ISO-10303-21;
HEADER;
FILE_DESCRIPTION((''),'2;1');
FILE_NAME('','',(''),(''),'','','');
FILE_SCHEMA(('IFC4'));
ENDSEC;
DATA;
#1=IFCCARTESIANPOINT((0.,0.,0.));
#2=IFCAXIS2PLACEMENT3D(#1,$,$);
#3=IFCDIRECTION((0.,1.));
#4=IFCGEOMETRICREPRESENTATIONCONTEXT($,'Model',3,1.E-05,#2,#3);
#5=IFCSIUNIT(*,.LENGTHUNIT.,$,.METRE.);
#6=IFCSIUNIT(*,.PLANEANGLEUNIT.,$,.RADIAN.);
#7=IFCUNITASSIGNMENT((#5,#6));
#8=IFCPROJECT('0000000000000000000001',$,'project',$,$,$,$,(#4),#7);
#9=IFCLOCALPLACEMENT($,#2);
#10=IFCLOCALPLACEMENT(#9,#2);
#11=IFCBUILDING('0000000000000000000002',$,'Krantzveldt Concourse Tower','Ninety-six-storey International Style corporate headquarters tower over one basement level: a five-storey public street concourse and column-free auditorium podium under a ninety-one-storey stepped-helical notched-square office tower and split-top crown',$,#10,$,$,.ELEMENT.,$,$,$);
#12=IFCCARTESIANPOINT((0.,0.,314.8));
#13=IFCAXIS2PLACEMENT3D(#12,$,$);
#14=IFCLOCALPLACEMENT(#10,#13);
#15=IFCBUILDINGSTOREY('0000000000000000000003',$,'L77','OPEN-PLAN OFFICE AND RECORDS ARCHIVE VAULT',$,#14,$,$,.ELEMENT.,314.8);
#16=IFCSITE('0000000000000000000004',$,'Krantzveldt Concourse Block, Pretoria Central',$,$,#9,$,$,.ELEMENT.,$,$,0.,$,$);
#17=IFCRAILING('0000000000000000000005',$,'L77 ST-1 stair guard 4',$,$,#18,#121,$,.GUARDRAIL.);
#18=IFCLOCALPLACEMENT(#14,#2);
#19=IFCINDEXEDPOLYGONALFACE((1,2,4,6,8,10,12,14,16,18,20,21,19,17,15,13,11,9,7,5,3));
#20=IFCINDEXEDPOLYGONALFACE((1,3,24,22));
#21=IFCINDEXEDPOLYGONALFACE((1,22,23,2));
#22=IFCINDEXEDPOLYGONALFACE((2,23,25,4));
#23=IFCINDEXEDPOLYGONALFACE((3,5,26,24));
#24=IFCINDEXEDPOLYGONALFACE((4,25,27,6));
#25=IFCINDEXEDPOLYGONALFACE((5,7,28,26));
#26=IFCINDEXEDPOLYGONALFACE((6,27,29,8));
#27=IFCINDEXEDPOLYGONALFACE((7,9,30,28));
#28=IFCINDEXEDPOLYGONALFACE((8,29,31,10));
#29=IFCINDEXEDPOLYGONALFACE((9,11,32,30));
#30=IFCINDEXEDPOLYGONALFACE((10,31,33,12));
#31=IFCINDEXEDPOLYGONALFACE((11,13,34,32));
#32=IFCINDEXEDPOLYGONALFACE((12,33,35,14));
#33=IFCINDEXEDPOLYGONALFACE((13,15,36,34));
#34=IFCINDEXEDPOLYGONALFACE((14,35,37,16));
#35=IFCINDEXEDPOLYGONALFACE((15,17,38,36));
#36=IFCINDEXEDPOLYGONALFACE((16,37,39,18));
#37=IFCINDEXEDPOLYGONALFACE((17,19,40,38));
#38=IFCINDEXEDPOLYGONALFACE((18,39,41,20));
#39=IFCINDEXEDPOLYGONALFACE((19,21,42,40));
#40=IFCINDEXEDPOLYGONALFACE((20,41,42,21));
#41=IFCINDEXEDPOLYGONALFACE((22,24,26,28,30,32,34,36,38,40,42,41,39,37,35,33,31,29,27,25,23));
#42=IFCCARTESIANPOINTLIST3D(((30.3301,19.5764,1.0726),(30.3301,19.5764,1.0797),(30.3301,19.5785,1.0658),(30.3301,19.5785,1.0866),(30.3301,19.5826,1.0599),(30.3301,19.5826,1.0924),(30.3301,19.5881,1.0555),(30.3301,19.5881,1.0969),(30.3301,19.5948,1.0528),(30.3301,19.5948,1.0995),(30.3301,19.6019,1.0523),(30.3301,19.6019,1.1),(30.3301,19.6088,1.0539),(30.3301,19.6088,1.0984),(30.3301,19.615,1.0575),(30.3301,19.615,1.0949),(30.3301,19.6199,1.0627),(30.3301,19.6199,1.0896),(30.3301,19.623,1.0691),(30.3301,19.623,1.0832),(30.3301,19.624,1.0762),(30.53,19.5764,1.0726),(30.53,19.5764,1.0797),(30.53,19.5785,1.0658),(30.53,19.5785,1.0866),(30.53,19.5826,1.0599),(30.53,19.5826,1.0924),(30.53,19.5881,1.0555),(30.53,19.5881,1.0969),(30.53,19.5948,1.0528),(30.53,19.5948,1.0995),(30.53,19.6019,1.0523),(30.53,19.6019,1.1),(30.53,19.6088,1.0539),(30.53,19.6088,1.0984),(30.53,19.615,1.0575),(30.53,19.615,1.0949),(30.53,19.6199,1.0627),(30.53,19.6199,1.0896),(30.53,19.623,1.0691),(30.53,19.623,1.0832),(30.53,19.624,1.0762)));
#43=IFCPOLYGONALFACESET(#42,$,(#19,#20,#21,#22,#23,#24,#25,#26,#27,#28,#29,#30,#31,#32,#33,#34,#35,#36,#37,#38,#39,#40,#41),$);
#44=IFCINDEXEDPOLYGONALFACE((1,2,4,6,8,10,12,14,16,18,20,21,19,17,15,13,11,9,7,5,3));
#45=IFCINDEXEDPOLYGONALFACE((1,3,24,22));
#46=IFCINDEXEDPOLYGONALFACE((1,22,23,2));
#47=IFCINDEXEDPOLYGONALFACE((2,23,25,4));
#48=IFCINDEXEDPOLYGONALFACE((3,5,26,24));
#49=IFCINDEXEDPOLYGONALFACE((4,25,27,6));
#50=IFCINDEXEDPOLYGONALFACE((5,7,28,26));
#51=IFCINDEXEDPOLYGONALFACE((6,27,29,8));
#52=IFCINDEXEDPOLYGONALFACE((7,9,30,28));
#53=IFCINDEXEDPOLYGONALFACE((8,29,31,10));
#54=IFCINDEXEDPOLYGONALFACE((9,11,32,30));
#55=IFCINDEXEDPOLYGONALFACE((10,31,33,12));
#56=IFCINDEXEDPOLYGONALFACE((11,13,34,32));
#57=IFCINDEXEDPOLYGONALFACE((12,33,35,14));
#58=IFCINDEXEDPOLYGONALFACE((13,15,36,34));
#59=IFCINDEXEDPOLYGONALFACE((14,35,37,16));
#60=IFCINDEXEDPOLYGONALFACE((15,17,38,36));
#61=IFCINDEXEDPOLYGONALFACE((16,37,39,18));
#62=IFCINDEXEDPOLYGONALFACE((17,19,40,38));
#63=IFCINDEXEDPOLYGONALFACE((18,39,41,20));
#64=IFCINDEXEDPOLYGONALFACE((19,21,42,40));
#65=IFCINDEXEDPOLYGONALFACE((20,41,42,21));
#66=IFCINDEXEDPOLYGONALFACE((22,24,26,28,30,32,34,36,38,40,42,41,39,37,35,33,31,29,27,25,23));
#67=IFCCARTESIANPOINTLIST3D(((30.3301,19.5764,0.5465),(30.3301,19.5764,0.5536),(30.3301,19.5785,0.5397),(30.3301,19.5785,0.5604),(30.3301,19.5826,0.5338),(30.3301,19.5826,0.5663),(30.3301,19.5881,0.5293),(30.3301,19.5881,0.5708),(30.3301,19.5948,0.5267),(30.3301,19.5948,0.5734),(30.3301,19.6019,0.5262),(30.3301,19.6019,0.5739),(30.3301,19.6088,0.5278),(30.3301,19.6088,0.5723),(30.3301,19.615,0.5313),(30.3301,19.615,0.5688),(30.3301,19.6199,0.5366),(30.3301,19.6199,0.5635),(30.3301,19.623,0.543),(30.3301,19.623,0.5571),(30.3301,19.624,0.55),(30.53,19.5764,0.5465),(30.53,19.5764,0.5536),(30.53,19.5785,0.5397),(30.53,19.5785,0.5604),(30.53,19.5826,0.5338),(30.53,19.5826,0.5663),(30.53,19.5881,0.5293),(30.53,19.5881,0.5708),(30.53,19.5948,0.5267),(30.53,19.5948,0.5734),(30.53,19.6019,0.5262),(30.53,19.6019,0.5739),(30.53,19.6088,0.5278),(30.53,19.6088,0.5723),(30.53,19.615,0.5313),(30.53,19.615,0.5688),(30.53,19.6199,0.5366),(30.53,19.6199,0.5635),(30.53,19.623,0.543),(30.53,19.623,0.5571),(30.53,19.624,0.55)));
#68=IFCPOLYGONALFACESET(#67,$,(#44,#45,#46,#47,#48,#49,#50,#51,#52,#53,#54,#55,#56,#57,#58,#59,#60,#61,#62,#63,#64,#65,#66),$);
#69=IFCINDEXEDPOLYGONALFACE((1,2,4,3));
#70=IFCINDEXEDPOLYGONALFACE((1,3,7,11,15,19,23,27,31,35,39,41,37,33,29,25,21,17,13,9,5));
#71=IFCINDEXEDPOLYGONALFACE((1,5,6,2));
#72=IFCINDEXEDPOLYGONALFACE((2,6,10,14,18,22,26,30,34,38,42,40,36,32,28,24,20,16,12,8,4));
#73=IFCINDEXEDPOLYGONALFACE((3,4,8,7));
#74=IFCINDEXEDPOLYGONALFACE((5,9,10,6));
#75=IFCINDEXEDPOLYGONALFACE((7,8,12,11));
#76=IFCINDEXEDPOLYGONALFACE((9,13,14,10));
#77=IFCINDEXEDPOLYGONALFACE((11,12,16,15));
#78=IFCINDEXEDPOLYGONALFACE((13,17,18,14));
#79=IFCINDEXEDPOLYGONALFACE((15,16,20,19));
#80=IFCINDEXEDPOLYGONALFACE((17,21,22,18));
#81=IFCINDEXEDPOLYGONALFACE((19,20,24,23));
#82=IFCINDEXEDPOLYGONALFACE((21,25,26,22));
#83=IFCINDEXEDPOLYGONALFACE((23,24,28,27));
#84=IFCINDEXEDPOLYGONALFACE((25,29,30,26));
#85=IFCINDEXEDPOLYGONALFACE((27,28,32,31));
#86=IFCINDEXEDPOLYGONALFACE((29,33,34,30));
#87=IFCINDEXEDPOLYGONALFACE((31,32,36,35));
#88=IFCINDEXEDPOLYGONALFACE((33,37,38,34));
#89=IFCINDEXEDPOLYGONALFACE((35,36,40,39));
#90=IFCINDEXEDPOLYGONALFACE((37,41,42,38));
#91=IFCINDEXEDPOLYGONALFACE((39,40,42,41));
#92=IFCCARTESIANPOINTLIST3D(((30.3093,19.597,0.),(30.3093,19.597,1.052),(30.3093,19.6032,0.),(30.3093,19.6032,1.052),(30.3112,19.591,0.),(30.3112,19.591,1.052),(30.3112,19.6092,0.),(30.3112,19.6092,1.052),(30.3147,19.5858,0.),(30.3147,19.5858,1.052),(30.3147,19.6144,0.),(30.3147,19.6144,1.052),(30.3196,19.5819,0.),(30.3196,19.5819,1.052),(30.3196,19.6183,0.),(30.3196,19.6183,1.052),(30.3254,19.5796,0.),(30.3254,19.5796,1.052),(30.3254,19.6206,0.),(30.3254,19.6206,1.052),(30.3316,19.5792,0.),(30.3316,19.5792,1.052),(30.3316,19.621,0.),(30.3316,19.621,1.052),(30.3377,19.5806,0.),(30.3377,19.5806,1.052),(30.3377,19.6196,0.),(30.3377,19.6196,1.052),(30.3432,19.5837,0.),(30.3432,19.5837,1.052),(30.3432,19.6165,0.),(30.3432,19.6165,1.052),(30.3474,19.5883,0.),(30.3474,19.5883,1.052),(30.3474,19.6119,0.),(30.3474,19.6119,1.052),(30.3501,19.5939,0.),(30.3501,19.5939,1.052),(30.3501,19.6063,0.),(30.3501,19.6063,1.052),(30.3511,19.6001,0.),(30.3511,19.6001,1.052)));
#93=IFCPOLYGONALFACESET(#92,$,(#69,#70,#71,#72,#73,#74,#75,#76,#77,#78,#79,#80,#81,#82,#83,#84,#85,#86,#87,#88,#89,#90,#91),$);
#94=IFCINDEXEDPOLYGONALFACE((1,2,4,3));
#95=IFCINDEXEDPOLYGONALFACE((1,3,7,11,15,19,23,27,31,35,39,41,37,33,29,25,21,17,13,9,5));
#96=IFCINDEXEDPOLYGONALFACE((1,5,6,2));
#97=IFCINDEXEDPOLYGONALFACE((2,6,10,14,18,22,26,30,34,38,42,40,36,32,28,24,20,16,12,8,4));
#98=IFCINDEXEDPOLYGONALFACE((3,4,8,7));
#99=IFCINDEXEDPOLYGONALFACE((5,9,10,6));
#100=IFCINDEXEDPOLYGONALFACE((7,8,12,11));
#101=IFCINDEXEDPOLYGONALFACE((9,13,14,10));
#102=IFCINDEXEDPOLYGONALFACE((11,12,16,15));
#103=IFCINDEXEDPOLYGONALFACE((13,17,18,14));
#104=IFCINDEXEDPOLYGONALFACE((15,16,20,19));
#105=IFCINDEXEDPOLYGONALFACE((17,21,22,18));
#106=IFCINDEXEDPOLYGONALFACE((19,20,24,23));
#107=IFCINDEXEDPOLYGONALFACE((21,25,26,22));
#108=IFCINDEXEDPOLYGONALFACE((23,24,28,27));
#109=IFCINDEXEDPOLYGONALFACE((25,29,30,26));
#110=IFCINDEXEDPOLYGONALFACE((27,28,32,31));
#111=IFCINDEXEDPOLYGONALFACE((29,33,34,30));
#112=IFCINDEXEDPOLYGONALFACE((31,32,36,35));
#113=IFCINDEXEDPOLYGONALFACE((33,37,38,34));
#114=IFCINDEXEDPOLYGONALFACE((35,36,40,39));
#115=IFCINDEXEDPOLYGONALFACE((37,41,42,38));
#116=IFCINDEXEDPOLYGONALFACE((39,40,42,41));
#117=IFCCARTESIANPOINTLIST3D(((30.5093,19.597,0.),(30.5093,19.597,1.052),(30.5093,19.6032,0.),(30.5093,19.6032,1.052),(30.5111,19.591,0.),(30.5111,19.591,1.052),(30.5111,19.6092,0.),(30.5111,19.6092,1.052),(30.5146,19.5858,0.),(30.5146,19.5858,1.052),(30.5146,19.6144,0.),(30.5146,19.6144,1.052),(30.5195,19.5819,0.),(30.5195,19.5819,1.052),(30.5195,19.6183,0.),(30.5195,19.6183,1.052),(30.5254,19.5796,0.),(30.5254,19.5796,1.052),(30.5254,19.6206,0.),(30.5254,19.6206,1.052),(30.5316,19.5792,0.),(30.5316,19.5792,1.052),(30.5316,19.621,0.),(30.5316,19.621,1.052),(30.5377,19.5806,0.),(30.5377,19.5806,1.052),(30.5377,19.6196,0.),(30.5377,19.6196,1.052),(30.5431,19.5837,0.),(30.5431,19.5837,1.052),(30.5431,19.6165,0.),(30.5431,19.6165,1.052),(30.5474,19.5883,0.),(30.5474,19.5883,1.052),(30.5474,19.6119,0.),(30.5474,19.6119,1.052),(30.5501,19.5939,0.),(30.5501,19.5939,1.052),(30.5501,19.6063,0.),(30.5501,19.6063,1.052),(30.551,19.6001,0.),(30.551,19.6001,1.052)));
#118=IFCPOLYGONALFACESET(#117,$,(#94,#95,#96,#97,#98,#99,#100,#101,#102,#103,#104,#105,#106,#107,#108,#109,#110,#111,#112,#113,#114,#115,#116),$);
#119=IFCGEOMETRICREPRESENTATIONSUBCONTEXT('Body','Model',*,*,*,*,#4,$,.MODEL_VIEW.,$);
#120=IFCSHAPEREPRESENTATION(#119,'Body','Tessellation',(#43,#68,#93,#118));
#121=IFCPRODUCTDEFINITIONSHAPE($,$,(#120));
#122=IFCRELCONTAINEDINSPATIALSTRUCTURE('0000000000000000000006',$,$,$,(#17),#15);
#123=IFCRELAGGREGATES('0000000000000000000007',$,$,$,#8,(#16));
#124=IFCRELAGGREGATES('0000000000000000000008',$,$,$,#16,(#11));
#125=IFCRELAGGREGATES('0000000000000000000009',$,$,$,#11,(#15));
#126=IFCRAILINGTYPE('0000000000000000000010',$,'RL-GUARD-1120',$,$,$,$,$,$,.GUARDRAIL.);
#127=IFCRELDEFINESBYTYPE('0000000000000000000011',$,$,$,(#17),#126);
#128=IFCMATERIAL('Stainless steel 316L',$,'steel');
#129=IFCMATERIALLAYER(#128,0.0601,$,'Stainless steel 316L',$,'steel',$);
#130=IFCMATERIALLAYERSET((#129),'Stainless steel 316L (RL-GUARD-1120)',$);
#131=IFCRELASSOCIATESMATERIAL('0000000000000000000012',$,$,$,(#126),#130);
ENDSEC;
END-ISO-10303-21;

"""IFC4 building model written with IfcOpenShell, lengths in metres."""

from ifc_helpers import new_model, si_unit, direction, frame, origin, origin_2d, place, context, subcontext, project, spatial, circle, extrude, material, layer, layer_set, type_object, element, save


model = new_model("IFC4")

# Units and contexts
model_context = context("Model", 3, precision=1e-05, world=origin(), true_north=direction((0.0, 1.0)))
body_context = subcontext(model_context, "Body", "Model", "MODEL_VIEW")
ifc_project = project(units=[si_unit("LENGTHUNIT", "METRE"), si_unit("PLANEANGLEUNIT", "RADIAN")], contexts=[model_context])

# Site, building, storey
site_placement = place(None, origin())
site = spatial("IfcSite", under=ifc_project, at=site_placement, Name="Krantzveldt Concourse Block, Pretoria Central", CompositionType="ELEMENT", RefElevation=0.0)
building_placement = place(site_placement, origin())
building = spatial("IfcBuilding", under=site, at=building_placement, Name="Krantzveldt Concourse Tower", Description="Ninety-six-storey International Style corporate headquarters tower over one basement level: a five-storey public street concourse and column-free auditorium podium under a ninety-one-storey stepped-helical notched-square office tower and split-top crown", CompositionType="ELEMENT")
storey_placement = place(building_placement, frame((0.0, 0.0, 314.8)))
storey = spatial("IfcBuildingStorey", under=building, at=storey_placement, Name="L77", Description="OPEN-PLAN OFFICE AND RECORDS ARCHIVE VAULT", CompositionType="ELEMENT", Elevation=314.8)

# Shared definitions
ifc_material_1 = material(Name="Stainless steel 316L", Category="steel")

# Railing
ifc_layer_1 = layer(ifc_material_1, 0.0601, Name="Stainless steel 316L", Category="steel")
ifc_layer_set_1 = layer_set([ifc_layer_1], Name="Stainless steel 316L (RL-GUARD-1120)")
railing_type_1 = type_object("IfcRailingType", Name="RL-GUARD-1120", PredefinedType="GUARDRAIL", material=ifc_layer_set_1)
railing_1_placement = place(storey_placement, frame((30.3301, 19.6001, 0.0)))
element("IfcRailing", 1, at=railing_1_placement, inside=storey, type_object=railing_type_1, Name="L77 ST-1 stair guard 4", PredefinedType="GUARDRAIL", context=body_context, shape_type="SweptSolid", body=[
    extrude(circle(Radius=0.0239, at=origin_2d()), frame((0.0, 0.0, 1.0762), z_axis=(1.0, 0.0, 0.0), x_axis=(0.0, 1.0, 0.0)), (0.0, 0.0, 1.0), 0.2),
    extrude(circle(Radius=0.0239, at=origin_2d()), frame((0.0, 0.0, 0.55), z_axis=(1.0, 0.0, 0.0), x_axis=(0.0, 1.0, 0.0)), (0.0, 0.0, 1.0), 0.2),
    extrude(circle(Radius=0.021, at=origin_2d()), origin(), (0.0, 0.0, 1.0), 1.052),
    extrude(circle(Radius=0.021, at=origin_2d()), frame((0.2, 0.0, 0.0)), (0.0, 0.0, 1.0), 1.052),
])

save(model, "model.ifc")
